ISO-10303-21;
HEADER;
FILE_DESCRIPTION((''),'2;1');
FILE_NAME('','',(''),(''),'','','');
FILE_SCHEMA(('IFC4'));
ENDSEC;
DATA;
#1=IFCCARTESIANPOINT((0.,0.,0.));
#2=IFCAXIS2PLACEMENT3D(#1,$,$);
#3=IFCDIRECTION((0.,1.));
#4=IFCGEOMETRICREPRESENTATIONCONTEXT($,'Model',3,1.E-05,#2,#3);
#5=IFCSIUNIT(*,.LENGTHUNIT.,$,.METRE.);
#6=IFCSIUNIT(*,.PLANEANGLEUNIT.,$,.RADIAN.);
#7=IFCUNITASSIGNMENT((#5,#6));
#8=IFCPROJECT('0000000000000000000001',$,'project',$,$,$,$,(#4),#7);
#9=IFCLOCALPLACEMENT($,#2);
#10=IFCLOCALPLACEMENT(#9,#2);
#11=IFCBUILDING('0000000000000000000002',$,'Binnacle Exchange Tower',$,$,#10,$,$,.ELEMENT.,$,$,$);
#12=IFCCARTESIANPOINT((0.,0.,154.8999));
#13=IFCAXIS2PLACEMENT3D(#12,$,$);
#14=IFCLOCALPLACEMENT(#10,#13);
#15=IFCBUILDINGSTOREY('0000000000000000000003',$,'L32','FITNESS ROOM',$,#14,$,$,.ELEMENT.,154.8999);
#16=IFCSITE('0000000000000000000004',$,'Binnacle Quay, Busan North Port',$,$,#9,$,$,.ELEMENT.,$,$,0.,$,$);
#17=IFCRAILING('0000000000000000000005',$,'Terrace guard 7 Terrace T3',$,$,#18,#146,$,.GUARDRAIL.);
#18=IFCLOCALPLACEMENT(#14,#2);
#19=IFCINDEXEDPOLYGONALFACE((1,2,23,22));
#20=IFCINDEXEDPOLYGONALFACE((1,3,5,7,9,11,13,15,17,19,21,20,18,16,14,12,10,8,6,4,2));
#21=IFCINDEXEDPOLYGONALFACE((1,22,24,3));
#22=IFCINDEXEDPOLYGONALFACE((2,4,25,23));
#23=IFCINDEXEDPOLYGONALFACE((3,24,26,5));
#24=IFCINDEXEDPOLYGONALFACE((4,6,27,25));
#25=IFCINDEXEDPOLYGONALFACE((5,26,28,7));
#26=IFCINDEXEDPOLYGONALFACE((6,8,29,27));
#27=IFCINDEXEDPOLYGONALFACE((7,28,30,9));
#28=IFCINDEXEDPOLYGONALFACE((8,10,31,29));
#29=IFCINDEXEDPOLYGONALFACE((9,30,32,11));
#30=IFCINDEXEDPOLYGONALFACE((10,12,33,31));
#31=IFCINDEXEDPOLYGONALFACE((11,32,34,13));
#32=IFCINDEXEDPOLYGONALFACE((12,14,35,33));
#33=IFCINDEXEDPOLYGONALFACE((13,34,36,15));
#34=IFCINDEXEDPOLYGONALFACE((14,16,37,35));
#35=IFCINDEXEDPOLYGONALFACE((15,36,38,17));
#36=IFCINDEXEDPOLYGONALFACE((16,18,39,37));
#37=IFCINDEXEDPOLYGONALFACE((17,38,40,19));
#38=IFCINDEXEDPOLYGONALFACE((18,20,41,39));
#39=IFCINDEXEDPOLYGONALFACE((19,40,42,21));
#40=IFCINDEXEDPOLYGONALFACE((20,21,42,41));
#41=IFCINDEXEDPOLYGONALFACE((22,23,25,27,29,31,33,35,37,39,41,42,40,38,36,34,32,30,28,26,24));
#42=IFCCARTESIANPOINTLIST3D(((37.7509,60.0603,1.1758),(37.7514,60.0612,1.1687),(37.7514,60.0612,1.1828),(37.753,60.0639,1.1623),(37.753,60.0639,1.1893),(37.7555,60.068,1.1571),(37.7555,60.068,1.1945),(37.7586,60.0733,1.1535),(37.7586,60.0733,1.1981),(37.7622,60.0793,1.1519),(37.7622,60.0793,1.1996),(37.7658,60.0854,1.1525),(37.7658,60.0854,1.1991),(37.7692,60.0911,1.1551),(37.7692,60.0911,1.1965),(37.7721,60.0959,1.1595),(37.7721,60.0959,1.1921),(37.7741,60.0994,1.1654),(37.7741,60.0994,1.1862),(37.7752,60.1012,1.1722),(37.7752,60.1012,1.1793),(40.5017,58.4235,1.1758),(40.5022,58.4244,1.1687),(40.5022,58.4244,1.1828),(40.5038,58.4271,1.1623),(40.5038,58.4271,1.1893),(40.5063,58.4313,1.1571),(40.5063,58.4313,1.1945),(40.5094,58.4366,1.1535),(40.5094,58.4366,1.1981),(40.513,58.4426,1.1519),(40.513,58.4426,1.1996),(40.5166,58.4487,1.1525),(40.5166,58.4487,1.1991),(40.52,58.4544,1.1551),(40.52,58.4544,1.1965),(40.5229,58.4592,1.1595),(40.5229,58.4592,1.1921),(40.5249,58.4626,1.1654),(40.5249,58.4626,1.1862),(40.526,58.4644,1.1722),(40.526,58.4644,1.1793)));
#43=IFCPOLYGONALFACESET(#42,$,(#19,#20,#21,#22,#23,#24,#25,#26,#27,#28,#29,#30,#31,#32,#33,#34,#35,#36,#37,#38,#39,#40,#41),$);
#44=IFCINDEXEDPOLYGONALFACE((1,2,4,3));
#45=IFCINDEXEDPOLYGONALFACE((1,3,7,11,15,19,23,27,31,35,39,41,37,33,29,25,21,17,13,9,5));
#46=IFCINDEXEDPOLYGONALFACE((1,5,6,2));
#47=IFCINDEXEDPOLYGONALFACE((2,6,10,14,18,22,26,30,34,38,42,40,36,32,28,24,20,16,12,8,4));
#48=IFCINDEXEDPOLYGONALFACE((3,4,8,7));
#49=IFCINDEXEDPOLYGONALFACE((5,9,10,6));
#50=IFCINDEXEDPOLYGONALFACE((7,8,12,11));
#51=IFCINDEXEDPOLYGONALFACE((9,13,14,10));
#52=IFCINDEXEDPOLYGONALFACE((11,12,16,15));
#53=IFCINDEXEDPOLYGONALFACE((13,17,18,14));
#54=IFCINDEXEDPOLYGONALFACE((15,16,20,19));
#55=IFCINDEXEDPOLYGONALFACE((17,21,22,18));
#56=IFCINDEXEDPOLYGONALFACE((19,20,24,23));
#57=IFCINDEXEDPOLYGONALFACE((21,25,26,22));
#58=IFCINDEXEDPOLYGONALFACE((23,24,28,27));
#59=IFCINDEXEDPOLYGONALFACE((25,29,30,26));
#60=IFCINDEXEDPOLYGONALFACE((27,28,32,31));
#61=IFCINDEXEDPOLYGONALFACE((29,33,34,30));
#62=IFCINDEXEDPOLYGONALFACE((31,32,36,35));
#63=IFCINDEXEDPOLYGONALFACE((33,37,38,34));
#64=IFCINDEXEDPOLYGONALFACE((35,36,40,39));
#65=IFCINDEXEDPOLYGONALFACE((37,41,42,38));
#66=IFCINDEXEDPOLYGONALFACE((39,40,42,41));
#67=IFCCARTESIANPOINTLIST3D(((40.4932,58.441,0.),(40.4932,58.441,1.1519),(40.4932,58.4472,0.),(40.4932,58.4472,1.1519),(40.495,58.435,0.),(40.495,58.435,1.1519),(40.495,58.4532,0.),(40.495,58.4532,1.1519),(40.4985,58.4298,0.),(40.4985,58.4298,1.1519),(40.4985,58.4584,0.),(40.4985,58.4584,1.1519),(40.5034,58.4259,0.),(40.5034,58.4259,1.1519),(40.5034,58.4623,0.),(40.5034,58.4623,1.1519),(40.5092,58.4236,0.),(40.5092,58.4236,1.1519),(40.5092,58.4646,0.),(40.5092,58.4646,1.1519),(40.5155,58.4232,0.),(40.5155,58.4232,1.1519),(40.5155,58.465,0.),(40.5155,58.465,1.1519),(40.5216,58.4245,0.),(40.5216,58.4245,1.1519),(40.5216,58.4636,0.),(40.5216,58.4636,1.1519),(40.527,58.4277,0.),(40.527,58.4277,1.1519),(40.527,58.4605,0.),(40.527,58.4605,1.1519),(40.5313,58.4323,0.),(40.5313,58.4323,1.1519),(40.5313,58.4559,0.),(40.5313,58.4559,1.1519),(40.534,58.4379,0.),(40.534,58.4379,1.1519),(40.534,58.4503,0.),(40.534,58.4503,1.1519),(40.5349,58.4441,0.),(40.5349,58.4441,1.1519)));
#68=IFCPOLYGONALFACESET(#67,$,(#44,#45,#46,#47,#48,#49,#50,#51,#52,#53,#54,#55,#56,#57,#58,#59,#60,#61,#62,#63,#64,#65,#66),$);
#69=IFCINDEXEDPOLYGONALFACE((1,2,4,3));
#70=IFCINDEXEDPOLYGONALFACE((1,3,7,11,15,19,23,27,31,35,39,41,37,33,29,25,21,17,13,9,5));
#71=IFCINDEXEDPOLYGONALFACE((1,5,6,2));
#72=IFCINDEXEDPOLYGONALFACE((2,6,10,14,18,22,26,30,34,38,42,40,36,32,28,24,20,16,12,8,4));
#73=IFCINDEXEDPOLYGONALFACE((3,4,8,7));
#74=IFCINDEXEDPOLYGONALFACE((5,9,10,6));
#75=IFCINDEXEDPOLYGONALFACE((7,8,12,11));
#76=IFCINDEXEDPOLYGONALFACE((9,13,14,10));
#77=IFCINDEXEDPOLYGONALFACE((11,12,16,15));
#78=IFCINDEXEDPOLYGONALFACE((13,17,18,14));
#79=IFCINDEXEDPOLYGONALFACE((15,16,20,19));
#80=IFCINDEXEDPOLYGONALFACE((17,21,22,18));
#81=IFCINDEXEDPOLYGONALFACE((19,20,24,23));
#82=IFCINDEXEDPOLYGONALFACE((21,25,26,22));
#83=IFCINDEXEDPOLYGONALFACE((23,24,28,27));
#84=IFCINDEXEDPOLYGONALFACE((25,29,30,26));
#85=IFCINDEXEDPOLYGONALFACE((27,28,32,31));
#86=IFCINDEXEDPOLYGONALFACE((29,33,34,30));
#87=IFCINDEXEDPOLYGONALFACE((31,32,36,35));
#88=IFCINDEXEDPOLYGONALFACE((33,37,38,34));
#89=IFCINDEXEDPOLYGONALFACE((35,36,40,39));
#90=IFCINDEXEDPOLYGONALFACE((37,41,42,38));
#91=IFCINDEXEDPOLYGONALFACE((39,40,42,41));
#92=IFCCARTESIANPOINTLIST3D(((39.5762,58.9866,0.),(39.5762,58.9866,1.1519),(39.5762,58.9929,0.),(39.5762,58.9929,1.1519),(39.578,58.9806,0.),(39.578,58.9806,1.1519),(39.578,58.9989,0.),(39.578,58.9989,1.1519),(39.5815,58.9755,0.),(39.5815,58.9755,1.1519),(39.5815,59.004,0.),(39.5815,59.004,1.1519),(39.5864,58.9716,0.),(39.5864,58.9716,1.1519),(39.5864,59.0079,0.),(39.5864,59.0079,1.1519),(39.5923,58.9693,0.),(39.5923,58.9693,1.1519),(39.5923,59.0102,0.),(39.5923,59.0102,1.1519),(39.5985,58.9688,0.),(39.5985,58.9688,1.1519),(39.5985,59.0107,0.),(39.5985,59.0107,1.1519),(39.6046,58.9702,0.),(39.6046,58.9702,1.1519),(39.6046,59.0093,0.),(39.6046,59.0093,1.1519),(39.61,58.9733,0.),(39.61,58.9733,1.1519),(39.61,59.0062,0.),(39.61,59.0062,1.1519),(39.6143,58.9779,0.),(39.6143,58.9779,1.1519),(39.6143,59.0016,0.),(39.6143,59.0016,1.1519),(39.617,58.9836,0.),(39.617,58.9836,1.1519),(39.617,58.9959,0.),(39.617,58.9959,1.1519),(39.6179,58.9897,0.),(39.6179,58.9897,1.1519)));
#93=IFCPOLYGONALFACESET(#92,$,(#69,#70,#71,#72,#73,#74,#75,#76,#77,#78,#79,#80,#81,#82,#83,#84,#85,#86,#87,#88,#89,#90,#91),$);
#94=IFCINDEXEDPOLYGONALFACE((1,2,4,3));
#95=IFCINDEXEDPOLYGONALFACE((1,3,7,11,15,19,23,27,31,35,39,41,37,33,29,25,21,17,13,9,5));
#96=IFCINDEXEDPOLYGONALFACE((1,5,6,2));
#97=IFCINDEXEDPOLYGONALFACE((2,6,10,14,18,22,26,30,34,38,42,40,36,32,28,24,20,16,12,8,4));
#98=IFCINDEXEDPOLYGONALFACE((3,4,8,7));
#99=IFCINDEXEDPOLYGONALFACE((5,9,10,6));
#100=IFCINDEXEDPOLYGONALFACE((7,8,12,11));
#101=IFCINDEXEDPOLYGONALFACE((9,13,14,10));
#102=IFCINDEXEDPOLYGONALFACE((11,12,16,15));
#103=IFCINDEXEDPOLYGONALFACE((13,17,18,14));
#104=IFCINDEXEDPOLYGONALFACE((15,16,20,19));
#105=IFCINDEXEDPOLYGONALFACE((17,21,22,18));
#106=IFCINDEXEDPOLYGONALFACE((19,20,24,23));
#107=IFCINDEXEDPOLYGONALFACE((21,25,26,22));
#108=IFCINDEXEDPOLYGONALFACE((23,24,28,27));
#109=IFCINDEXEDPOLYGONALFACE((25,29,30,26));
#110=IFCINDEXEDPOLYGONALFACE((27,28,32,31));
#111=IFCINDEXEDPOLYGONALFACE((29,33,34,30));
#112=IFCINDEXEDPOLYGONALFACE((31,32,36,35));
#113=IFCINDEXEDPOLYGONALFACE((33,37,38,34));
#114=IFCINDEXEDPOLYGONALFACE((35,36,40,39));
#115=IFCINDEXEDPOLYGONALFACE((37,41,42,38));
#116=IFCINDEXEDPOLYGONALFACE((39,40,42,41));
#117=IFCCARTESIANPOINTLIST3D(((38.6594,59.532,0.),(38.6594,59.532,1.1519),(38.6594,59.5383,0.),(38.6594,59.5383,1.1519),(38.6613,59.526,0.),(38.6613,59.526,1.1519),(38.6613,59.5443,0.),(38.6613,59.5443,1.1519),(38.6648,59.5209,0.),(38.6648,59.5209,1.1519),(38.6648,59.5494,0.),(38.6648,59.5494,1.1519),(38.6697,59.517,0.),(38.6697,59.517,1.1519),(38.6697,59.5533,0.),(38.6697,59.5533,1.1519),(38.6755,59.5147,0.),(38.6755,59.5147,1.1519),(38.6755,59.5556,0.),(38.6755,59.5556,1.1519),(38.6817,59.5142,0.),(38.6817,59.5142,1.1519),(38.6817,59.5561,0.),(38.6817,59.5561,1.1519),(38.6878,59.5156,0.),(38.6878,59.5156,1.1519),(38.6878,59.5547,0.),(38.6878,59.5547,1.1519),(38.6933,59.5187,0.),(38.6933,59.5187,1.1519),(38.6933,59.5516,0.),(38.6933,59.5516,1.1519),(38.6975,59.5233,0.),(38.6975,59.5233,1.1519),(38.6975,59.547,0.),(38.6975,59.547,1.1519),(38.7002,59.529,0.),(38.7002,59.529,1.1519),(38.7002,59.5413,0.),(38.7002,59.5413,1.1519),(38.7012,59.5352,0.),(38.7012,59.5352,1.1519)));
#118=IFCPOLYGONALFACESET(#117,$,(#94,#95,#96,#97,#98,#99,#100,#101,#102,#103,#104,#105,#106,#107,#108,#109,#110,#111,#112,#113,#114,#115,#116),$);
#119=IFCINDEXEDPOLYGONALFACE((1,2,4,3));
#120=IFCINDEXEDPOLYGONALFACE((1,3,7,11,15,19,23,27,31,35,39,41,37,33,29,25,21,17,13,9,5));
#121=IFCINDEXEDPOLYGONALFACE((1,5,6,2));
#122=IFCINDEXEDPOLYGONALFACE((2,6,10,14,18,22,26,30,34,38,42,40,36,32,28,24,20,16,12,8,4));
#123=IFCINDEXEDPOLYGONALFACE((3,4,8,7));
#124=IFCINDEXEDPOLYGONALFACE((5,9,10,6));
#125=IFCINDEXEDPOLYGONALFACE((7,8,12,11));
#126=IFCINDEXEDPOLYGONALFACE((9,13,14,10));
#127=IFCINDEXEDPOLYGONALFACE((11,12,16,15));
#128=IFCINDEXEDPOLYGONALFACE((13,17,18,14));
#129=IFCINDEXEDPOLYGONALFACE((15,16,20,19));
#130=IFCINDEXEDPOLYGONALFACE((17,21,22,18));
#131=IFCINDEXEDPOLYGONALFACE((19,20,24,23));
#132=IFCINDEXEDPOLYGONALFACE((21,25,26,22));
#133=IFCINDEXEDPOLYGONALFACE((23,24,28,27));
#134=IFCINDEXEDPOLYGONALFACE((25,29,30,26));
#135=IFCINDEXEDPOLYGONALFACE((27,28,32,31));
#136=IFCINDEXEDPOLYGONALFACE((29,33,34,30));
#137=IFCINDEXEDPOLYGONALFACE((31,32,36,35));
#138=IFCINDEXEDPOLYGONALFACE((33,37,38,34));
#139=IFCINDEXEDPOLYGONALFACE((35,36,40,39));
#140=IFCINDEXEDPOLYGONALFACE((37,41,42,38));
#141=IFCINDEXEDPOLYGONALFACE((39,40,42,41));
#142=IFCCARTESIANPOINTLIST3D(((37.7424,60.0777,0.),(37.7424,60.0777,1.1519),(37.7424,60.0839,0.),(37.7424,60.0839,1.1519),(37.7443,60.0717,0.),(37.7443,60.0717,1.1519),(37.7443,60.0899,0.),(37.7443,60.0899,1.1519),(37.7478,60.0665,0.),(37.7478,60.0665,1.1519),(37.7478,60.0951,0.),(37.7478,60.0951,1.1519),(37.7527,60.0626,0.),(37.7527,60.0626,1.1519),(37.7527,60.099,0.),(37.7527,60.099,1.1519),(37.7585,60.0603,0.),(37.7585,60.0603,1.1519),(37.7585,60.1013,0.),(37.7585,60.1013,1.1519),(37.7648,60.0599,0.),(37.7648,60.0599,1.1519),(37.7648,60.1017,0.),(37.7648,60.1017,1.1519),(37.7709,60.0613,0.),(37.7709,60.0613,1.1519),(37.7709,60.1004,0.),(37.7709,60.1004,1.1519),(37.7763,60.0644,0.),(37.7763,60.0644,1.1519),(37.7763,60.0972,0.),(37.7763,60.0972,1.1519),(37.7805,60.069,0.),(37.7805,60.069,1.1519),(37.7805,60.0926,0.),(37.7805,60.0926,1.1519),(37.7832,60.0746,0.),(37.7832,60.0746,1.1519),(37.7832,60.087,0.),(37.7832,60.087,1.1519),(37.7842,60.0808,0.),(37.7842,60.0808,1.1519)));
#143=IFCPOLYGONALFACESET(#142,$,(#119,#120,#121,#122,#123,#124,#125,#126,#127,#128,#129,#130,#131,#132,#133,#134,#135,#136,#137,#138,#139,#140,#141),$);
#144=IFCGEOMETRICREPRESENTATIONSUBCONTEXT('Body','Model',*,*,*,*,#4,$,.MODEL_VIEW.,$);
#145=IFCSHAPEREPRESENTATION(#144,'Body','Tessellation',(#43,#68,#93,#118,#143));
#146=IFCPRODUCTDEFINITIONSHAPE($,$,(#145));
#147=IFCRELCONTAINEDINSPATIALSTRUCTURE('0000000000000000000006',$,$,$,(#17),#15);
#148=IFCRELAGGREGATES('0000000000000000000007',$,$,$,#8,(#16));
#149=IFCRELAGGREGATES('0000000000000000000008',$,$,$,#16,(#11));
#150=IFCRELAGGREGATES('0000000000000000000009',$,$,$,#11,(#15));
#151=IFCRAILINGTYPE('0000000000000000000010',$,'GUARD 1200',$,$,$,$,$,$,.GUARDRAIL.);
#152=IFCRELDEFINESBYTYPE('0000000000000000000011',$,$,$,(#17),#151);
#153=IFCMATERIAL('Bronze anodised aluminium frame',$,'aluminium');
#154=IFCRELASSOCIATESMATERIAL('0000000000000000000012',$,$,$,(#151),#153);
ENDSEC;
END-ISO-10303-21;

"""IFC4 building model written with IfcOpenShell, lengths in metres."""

from ifc_helpers import new_model, si_unit, direction, frame, origin, origin_2d, place, context, subcontext, project, spatial, circle, extrude, material, type_object, element, save


model = new_model("IFC4")

# Units and contexts
model_context = context("Model", 3, precision=1e-05, world=origin(), true_north=direction((0.0, 1.0)))
body_context = subcontext(model_context, "Body", "Model", "MODEL_VIEW")
ifc_project = project(units=[si_unit("LENGTHUNIT", "METRE"), si_unit("PLANEANGLEUNIT", "RADIAN")], contexts=[model_context])

# Site, building, storey
site_placement = place(None, origin())
site = spatial("IfcSite", under=ifc_project, at=site_placement, Name="Binnacle Quay, Busan North Port", CompositionType="ELEMENT", RefElevation=0.0)
building_placement = place(site_placement, origin())
building = spatial("IfcBuilding", under=site, at=building_placement, Name="Binnacle Exchange Tower", CompositionType="ELEMENT")
storey_placement = place(building_placement, frame((0.0, 0.0, 154.8999)))
storey = spatial("IfcBuildingStorey", under=building, at=storey_placement, Name="L32", Description="FITNESS ROOM", CompositionType="ELEMENT", Elevation=154.8999)

# Shared definitions
ifc_material_1 = material(Name="Bronze anodised aluminium frame", Category="aluminium")

# Railing
railing_type_1 = type_object("IfcRailingType", Name="GUARD 1200", PredefinedType="GUARDRAIL", material=ifc_material_1)
railing_1_placement = place(storey_placement, frame((40.5139, 58.4441, 0.0)))
element("IfcRailing", 1, at=railing_1_placement, inside=storey, type_object=railing_type_1, Name="Terrace guard 7 Terrace T3", PredefinedType="GUARDRAIL", context=body_context, shape_type="SweptSolid", body=[
    extrude(circle(Radius=0.0239, at=origin_2d()), frame((0.0, 0.0, 1.1758), z_axis=(-0.859378, 0.51134, 0.0), x_axis=(-0.51134, -0.859378, 0.0)), (0.0, 0.0, 1.0), 3.2009),
    extrude(circle(Radius=0.021, at=origin_2d()), origin(), (0.0, 0.0, 1.0), 1.1519),
    extrude(circle(Radius=0.021, at=origin_2d()), frame((-0.917, 0.5457, 0.0)), (0.0, 0.0, 1.0), 1.1519),
    extrude(circle(Radius=0.021, at=origin_2d()), frame((-1.8337, 1.0911, 0.0)), (0.0, 0.0, 1.0), 1.1519),
    extrude(circle(Radius=0.021, at=origin_2d()), frame((-2.7507, 1.6367, 0.0)), (0.0, 0.0, 1.0), 1.1519),
])

save(model, "model.ifc")
